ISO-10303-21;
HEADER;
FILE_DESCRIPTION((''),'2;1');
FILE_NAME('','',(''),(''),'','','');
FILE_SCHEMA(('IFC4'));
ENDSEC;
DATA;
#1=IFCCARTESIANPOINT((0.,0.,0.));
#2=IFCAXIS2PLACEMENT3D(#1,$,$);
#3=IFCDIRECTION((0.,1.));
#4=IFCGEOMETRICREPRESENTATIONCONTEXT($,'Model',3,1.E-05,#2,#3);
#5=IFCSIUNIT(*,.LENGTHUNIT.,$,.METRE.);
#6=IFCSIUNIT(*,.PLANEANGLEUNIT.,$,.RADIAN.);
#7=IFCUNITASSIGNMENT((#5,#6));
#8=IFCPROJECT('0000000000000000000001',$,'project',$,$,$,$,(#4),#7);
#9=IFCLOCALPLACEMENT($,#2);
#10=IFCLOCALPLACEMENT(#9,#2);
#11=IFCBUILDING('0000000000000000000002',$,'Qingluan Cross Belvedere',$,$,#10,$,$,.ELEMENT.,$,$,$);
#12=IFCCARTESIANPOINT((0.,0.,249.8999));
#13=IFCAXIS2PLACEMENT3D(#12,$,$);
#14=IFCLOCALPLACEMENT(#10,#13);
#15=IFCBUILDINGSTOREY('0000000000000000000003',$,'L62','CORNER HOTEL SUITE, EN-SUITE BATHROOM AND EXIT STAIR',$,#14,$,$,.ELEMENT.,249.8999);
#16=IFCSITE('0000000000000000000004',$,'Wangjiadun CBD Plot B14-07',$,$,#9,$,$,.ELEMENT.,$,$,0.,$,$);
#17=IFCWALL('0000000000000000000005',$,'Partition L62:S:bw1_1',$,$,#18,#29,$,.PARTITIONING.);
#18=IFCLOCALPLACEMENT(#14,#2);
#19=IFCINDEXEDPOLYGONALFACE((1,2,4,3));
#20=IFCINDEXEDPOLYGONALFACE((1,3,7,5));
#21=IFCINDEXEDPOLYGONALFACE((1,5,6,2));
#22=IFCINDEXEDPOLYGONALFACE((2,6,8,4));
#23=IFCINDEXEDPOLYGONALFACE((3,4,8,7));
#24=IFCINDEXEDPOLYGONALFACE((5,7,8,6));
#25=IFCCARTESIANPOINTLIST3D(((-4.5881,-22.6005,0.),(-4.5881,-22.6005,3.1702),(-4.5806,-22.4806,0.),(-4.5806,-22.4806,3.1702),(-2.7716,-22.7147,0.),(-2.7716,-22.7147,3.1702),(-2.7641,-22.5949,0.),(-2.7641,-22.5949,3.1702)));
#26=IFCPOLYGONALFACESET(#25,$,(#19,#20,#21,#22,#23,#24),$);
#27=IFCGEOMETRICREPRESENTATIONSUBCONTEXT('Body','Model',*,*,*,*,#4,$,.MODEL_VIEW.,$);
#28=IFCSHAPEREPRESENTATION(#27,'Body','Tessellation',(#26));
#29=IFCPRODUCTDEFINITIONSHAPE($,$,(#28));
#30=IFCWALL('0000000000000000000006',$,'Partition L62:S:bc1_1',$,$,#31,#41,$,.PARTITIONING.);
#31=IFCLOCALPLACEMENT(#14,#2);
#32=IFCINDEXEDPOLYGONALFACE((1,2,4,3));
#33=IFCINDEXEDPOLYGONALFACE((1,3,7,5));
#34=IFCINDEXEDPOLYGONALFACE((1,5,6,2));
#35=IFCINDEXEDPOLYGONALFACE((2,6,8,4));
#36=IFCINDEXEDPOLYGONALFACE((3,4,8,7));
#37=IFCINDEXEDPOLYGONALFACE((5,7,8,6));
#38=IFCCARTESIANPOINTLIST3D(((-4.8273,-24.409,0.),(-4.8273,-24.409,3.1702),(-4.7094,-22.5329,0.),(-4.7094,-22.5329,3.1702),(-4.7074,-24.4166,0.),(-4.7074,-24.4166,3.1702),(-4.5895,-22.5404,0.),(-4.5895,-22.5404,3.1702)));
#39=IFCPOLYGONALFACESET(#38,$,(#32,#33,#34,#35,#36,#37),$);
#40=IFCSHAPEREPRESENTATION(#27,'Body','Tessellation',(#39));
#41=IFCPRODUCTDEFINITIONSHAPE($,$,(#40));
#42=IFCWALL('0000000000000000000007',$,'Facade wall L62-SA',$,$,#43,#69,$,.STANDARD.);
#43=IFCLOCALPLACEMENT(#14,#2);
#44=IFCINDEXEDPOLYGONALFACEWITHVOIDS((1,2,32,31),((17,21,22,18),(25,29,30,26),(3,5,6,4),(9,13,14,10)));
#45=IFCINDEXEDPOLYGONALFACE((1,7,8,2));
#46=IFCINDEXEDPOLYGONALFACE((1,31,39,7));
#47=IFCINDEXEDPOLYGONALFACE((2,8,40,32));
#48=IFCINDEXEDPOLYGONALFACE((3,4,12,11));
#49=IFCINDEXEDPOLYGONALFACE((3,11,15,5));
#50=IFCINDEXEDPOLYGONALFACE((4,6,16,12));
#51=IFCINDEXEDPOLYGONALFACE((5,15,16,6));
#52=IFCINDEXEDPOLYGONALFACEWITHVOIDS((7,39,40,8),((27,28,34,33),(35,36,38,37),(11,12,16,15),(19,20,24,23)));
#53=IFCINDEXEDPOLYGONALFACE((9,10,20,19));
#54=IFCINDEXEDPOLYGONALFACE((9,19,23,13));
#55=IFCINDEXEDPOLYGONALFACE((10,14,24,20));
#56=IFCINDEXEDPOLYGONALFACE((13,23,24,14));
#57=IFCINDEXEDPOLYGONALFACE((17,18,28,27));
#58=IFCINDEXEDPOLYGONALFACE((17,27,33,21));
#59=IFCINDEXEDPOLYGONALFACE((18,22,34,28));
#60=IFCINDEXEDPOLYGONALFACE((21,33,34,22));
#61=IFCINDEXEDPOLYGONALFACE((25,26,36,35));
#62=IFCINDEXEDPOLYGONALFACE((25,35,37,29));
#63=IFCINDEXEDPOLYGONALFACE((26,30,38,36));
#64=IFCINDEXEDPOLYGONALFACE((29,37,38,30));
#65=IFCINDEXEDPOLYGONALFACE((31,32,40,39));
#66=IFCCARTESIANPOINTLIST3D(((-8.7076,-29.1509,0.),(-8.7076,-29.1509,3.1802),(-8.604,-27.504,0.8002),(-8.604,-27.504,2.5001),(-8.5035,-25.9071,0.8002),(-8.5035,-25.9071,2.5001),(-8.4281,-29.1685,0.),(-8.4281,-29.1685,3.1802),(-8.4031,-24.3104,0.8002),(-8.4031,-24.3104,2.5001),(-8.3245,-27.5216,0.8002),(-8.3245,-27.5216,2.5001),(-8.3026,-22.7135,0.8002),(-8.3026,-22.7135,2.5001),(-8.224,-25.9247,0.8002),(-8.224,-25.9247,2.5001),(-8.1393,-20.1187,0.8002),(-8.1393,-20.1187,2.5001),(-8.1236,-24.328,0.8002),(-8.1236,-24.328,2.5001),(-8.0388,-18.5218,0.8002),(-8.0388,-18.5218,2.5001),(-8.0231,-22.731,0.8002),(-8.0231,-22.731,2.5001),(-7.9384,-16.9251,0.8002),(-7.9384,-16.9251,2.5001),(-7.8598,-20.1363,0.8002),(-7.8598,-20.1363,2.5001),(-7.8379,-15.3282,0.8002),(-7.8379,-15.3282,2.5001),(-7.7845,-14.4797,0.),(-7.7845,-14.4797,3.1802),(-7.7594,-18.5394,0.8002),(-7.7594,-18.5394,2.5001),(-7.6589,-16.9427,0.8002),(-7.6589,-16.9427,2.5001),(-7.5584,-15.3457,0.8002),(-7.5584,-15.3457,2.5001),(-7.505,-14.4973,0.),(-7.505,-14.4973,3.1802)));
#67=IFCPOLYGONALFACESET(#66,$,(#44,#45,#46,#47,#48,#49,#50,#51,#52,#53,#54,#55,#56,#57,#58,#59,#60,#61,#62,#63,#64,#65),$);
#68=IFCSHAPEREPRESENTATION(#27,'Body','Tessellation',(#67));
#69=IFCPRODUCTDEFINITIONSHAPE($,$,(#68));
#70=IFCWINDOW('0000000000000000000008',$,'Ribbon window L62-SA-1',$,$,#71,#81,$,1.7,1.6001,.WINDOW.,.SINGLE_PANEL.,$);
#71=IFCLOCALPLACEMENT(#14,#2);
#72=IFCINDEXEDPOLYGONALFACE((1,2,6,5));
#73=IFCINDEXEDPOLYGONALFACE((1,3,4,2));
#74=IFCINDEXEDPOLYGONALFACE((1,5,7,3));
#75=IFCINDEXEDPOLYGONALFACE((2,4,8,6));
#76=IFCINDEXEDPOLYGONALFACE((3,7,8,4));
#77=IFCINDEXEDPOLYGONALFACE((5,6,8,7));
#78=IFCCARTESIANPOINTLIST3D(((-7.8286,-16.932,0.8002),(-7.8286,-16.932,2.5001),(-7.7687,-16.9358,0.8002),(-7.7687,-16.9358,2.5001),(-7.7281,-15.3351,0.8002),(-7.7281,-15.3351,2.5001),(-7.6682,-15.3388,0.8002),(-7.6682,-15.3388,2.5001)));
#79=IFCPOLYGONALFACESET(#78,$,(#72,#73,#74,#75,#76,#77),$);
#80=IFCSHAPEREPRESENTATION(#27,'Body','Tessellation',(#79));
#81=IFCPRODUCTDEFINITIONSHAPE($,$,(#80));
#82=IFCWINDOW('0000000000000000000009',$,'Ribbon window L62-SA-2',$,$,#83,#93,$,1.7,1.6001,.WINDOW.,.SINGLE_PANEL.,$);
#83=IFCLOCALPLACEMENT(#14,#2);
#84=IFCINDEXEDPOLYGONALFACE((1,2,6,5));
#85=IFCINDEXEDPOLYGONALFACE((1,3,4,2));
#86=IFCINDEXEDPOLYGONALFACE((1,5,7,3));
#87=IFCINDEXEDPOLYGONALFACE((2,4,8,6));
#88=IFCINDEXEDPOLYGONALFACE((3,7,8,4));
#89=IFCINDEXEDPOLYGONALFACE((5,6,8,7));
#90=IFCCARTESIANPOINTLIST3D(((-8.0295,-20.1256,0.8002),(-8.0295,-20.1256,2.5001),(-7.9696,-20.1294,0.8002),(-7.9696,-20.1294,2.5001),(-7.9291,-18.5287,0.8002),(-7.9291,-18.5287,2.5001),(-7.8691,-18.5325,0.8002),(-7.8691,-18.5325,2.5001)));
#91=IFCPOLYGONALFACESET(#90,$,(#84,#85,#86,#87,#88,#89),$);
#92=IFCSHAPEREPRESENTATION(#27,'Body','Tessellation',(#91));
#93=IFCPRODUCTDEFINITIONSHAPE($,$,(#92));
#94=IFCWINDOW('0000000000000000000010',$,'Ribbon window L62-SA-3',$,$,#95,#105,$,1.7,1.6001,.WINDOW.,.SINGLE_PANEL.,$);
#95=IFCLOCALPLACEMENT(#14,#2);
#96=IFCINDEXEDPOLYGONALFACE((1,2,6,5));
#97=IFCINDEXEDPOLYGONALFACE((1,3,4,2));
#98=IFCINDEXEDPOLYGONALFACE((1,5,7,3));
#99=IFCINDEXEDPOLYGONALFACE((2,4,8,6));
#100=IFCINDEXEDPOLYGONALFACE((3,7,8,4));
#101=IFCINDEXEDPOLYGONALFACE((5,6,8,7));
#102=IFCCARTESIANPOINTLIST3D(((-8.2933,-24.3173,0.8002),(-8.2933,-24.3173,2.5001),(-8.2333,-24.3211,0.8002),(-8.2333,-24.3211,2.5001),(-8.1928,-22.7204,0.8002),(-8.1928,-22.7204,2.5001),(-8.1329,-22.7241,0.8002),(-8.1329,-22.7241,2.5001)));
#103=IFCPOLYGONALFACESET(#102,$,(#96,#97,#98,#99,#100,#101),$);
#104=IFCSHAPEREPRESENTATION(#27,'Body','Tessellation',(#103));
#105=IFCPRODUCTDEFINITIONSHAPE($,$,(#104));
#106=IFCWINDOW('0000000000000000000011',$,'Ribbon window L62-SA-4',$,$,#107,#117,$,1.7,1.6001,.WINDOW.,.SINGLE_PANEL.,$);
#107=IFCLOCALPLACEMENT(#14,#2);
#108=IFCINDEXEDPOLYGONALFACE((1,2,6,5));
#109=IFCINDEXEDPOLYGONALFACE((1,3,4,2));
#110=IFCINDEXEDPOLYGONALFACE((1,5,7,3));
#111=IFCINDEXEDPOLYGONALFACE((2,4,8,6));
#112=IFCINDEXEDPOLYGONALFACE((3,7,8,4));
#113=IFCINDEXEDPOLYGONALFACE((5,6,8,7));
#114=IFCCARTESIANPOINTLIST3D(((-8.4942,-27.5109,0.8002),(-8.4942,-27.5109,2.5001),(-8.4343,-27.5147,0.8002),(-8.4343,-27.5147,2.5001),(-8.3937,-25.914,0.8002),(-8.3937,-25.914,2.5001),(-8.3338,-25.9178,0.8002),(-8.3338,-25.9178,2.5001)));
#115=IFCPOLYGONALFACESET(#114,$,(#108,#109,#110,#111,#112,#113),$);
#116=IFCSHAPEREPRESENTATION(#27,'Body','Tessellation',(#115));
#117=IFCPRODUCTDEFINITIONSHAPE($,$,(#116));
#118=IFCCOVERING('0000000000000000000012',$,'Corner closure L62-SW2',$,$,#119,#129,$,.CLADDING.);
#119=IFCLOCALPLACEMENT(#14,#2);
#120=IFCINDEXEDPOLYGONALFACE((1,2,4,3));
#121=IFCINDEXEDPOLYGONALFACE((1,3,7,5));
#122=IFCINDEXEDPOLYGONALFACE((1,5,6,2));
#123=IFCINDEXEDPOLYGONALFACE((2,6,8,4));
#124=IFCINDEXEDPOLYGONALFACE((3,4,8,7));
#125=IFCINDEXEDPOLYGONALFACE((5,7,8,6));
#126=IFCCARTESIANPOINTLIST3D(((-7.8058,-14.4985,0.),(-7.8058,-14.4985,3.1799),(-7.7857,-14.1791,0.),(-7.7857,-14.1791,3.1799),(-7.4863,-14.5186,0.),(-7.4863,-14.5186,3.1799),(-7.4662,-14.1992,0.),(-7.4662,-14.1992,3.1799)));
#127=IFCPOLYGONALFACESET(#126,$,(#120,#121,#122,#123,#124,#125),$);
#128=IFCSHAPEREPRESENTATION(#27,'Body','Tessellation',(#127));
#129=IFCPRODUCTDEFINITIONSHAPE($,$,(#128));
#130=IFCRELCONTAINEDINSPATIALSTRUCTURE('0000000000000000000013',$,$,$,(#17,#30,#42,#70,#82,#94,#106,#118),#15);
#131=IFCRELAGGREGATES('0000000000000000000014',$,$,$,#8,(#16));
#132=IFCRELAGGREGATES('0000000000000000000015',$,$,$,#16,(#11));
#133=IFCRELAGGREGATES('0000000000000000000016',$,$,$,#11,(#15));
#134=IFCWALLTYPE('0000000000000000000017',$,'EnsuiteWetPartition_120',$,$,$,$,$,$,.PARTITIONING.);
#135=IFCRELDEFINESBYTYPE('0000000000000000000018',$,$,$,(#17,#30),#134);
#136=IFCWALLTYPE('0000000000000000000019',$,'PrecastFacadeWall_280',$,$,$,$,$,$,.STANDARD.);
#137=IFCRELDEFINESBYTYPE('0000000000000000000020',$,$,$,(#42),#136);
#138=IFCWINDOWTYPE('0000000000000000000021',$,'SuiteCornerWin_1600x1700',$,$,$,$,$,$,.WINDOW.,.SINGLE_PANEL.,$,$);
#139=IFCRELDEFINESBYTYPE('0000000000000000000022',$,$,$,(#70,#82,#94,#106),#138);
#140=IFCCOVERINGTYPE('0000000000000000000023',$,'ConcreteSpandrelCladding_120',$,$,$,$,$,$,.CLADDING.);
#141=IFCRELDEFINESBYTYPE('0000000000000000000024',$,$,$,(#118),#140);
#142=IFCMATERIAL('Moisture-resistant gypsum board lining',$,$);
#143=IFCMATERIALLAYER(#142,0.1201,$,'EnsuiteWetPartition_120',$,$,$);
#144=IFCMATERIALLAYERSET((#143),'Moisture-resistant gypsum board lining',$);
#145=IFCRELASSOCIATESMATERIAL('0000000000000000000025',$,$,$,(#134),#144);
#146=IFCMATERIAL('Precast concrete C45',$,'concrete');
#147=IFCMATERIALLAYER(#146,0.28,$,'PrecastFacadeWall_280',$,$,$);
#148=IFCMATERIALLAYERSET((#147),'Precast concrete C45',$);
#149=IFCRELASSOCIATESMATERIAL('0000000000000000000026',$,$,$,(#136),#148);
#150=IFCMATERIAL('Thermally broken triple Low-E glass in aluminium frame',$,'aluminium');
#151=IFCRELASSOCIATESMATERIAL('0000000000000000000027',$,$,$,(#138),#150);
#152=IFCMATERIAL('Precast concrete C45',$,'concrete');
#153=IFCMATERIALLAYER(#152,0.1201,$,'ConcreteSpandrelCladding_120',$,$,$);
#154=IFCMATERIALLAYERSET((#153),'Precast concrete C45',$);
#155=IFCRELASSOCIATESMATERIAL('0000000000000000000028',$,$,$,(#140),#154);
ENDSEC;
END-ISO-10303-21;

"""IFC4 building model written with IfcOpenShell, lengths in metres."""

from ifc_helpers import new_model, si_unit, direction, frame, frame_2d, origin, origin_2d, place, context, subcontext, project, spatial, rectangle, extrude, material, layer, layer_set, type_object, element, fill, save


model = new_model("IFC4")

# Units and contexts
model_context = context("Model", 3, precision=1e-05, world=origin(), true_north=direction((0.0, 1.0)))
body_context = subcontext(model_context, "Body", "Model", "MODEL_VIEW")
ifc_project = project(units=[si_unit("LENGTHUNIT", "METRE"), si_unit("PLANEANGLEUNIT", "RADIAN")], contexts=[model_context])

# Site, building, storey
site_placement = place(None, origin())
site = spatial("IfcSite", under=ifc_project, at=site_placement, Name="Wangjiadun CBD Plot B14-07", CompositionType="ELEMENT", RefElevation=0.0)
building_placement = place(site_placement, origin())
building = spatial("IfcBuilding", under=site, at=building_placement, Name="Qingluan Cross Belvedere", CompositionType="ELEMENT")
storey_placement = place(building_placement, frame((0.0, 0.0, 249.8999)))
storey = spatial("IfcBuildingStorey", under=building, at=storey_placement, Name="L62", Description="CORNER HOTEL SUITE, EN-SUITE BATHROOM AND EXIT STAIR", CompositionType="ELEMENT", Elevation=249.8999)

# Shared definitions
ifc_material_1 = material(Name="Moisture-resistant gypsum board lining")
ifc_layer_1 = layer(ifc_material_1, 0.1201, Name="EnsuiteWetPartition_120")
ifc_layer_set_1 = layer_set([ifc_layer_1], Name="Moisture-resistant gypsum board lining")
wall_type_1 = type_object("IfcWallType", Name="EnsuiteWetPartition_120", PredefinedType="PARTITIONING", material=ifc_layer_set_1)

# Walls
wall_1_placement = place(storey_placement, frame((-4.5845, -22.5405, 0.0), z_axis=(0.0, 0.0, 1.0), x_axis=(0.998027, -0.062779, 0.0)))
element("IfcWall", 1, at=wall_1_placement, inside=storey, type_object=wall_type_1, Name="Partition L62:S:bw1_1", PredefinedType="PARTITIONING", context=body_context, shape_type="SweptSolid", body=[
    extrude(rectangle(XDim=1.8201, YDim=0.1201, at=frame_2d((0.9102, 0.0))), origin(), (0.0, 0.0, 1.0), 3.1702),
])
wall_2_placement = place(storey_placement, frame((-4.6494, -22.5366, 0.0), z_axis=(0.0, 0.0, 1.0), x_axis=(-0.062726, -0.998031, 0.0)))
element("IfcWall", 2, at=wall_2_placement, inside=storey, type_object=wall_type_1, Name="Partition L62:S:bc1_1", PredefinedType="PARTITIONING", context=body_context, shape_type="SweptSolid", body=[
    extrude(rectangle(XDim=1.8799, YDim=0.1201, at=frame_2d((0.9399, 0.0))), origin(), (0.0, 0.0, 1.0), 3.1702),
])

# Wall, openings, windows
ifc_material_2 = material(Name="Precast concrete C45", Category="concrete")
ifc_layer_2 = layer(ifc_material_2, 0.28, Name="PrecastFacadeWall_280")
ifc_layer_set_2 = layer_set([ifc_layer_2], Name="Precast concrete C45")
wall_type_2 = type_object("IfcWallType", Name="PrecastFacadeWall_280", PredefinedType="STANDARD", material=ifc_layer_set_2)
wall_3_placement = place(storey_placement, frame((-7.6448, -14.4885, 0.0), z_axis=(0.0, 0.0, 1.0), x_axis=(-0.062795, -0.998026, 0.0)))
wall_3 = element("IfcWall", 3, at=wall_3_placement, inside=storey, type_object=wall_type_2, Name="Facade wall L62-SA", PredefinedType="STANDARD", context=body_context, shape_type="SweptSolid", body=[
    extrude(rectangle(XDim=14.7002, YDim=0.28, at=frame_2d((7.3501, 0.0))), origin(), (0.0, 0.0, 1.0), 3.1802),
])
opening_1_placement = place(wall_3_placement, frame((0.8501, 0.0, 0.8)))
opening_1 = element("IfcOpeningElement", 4, at=opening_1_placement, cuts=wall_3, PredefinedType="OPENING", context=body_context, shape_type="SweptSolid", body=[
    extrude(rectangle(XDim=1.6001, YDim=1.7, at=frame_2d((0.8, 0.8501))), frame((0.0, 0.1499, 0.0), z_axis=(0.0, -1.0, 0.0), x_axis=(1.0, 0.0, 0.0)), (0.0, 0.0, 1.0), 0.3),
])
opening_2_placement = place(wall_3_placement, frame((4.05, 0.0, 0.8)))
opening_2 = element("IfcOpeningElement", 5, at=opening_2_placement, cuts=wall_3, PredefinedType="OPENING", context=body_context, shape_type="SweptSolid", body=[
    extrude(rectangle(XDim=1.6001, YDim=1.7, at=frame_2d((0.8, 0.8501))), frame((0.0, 0.1499, 0.0), z_axis=(0.0, -1.0, 0.0), x_axis=(1.0, 0.0, 0.0)), (0.0, 0.0, 1.0), 0.3),
])
opening_3_placement = place(wall_3_placement, frame((8.25, 0.0, 0.8)))
opening_3 = element("IfcOpeningElement", 6, at=opening_3_placement, cuts=wall_3, PredefinedType="OPENING", context=body_context, shape_type="SweptSolid", body=[
    extrude(rectangle(XDim=1.6001, YDim=1.7, at=frame_2d((0.8, 0.8501))), frame((0.0, 0.1499, 0.0), z_axis=(0.0, -1.0, 0.0), x_axis=(1.0, 0.0, 0.0)), (0.0, 0.0, 1.0), 0.3),
])
opening_4_placement = place(wall_3_placement, frame((11.45, 0.0, 0.8)))
opening_4 = element("IfcOpeningElement", 7, at=opening_4_placement, cuts=wall_3, PredefinedType="OPENING", context=body_context, shape_type="SweptSolid", body=[
    extrude(rectangle(XDim=1.6001, YDim=1.7, at=frame_2d((0.8, 0.8501))), frame((0.0, 0.1499, 0.0), z_axis=(0.0, -1.0, 0.0), x_axis=(1.0, 0.0, 0.0)), (0.0, 0.0, 1.0), 0.3),
])
ifc_material_3 = material(Name="Thermally broken triple Low-E glass in aluminium frame", Category="aluminium")
window_type = type_object("IfcWindowType", Name="SuiteCornerWin_1600x1700", PartitioningType="SINGLE_PANEL", PredefinedType="WINDOW", material=ifc_material_3)
window_1_placement = place(opening_1_placement, origin())
window_1 = element("IfcWindow", 8, at=window_1_placement, inside=storey, type_object=window_type, Name="Ribbon window L62-SA-1", OverallHeight=1.7, OverallWidth=1.6001, PartitioningType="SINGLE_PANEL", PredefinedType="WINDOW", context=body_context, shape_type="SweptSolid", body=[
    extrude(rectangle(XDim=1.6001, YDim=1.7, at=frame_2d((0.8, 0.8501))), frame((0.0, 0.03, 0.0), z_axis=(0.0, -1.0, 0.0), x_axis=(1.0, 0.0, 0.0)), (0.0, 0.0, 1.0), 0.0601),
])
fill(opening_1, window_1)
window_2_placement = place(opening_2_placement, origin())
window_2 = element("IfcWindow", 9, at=window_2_placement, inside=storey, type_object=window_type, Name="Ribbon window L62-SA-2", OverallHeight=1.7, OverallWidth=1.6001, PartitioningType="SINGLE_PANEL", PredefinedType="WINDOW", context=body_context, shape_type="SweptSolid", body=[
    extrude(rectangle(XDim=1.6001, YDim=1.7, at=frame_2d((0.8, 0.8501))), frame((0.0, 0.03, 0.0), z_axis=(0.0, -1.0, 0.0), x_axis=(1.0, 0.0, 0.0)), (0.0, 0.0, 1.0), 0.0601),
])
fill(opening_2, window_2)
window_3_placement = place(opening_3_placement, origin())
window_3 = element("IfcWindow", 10, at=window_3_placement, inside=storey, type_object=window_type, Name="Ribbon window L62-SA-3", OverallHeight=1.7, OverallWidth=1.6001, PartitioningType="SINGLE_PANEL", PredefinedType="WINDOW", context=body_context, shape_type="SweptSolid", body=[
    extrude(rectangle(XDim=1.6001, YDim=1.7, at=frame_2d((0.8, 0.8501))), frame((0.0, 0.03, 0.0), z_axis=(0.0, -1.0, 0.0), x_axis=(1.0, 0.0, 0.0)), (0.0, 0.0, 1.0), 0.0601),
])
fill(opening_3, window_3)
window_4_placement = place(opening_4_placement, origin())
window_4 = element("IfcWindow", 11, at=window_4_placement, inside=storey, type_object=window_type, Name="Ribbon window L62-SA-4", OverallHeight=1.7, OverallWidth=1.6001, PartitioningType="SINGLE_PANEL", PredefinedType="WINDOW", context=body_context, shape_type="SweptSolid", body=[
    extrude(rectangle(XDim=1.6001, YDim=1.7, at=frame_2d((0.8, 0.8501))), frame((0.0, 0.03, 0.0), z_axis=(0.0, -1.0, 0.0), x_axis=(1.0, 0.0, 0.0)), (0.0, 0.0, 1.0), 0.0601),
])
fill(opening_4, window_4)

# Covering
ifc_material_4 = material(Name="Precast concrete C45", Category="concrete")
ifc_layer_3 = layer(ifc_material_4, 0.1201, Name="ConcreteSpandrelCladding_120")
ifc_layer_set_3 = layer_set([ifc_layer_3], Name="Precast concrete C45")
covering_type = type_object("IfcCoveringType", Name="ConcreteSpandrelCladding_120", PredefinedType="CLADDING", material=ifc_layer_set_3)
covering_placement = place(storey_placement, frame((-7.636, -14.3489, 0.0), z_axis=(0.0, 0.0, 1.0), x_axis=(0.998027, -0.062791, 0.0)))
element("IfcCovering", 12, at=covering_placement, inside=storey, type_object=covering_type, Name="Corner closure L62-SW2", PredefinedType="CLADDING", context=body_context, shape_type="SweptSolid", body=[
    extrude(rectangle(XDim=0.3201, YDim=0.3201, at=origin_2d()), origin(), (0.0, 0.0, 1.0), 3.1799),
])

save(model, "model.ifc")
